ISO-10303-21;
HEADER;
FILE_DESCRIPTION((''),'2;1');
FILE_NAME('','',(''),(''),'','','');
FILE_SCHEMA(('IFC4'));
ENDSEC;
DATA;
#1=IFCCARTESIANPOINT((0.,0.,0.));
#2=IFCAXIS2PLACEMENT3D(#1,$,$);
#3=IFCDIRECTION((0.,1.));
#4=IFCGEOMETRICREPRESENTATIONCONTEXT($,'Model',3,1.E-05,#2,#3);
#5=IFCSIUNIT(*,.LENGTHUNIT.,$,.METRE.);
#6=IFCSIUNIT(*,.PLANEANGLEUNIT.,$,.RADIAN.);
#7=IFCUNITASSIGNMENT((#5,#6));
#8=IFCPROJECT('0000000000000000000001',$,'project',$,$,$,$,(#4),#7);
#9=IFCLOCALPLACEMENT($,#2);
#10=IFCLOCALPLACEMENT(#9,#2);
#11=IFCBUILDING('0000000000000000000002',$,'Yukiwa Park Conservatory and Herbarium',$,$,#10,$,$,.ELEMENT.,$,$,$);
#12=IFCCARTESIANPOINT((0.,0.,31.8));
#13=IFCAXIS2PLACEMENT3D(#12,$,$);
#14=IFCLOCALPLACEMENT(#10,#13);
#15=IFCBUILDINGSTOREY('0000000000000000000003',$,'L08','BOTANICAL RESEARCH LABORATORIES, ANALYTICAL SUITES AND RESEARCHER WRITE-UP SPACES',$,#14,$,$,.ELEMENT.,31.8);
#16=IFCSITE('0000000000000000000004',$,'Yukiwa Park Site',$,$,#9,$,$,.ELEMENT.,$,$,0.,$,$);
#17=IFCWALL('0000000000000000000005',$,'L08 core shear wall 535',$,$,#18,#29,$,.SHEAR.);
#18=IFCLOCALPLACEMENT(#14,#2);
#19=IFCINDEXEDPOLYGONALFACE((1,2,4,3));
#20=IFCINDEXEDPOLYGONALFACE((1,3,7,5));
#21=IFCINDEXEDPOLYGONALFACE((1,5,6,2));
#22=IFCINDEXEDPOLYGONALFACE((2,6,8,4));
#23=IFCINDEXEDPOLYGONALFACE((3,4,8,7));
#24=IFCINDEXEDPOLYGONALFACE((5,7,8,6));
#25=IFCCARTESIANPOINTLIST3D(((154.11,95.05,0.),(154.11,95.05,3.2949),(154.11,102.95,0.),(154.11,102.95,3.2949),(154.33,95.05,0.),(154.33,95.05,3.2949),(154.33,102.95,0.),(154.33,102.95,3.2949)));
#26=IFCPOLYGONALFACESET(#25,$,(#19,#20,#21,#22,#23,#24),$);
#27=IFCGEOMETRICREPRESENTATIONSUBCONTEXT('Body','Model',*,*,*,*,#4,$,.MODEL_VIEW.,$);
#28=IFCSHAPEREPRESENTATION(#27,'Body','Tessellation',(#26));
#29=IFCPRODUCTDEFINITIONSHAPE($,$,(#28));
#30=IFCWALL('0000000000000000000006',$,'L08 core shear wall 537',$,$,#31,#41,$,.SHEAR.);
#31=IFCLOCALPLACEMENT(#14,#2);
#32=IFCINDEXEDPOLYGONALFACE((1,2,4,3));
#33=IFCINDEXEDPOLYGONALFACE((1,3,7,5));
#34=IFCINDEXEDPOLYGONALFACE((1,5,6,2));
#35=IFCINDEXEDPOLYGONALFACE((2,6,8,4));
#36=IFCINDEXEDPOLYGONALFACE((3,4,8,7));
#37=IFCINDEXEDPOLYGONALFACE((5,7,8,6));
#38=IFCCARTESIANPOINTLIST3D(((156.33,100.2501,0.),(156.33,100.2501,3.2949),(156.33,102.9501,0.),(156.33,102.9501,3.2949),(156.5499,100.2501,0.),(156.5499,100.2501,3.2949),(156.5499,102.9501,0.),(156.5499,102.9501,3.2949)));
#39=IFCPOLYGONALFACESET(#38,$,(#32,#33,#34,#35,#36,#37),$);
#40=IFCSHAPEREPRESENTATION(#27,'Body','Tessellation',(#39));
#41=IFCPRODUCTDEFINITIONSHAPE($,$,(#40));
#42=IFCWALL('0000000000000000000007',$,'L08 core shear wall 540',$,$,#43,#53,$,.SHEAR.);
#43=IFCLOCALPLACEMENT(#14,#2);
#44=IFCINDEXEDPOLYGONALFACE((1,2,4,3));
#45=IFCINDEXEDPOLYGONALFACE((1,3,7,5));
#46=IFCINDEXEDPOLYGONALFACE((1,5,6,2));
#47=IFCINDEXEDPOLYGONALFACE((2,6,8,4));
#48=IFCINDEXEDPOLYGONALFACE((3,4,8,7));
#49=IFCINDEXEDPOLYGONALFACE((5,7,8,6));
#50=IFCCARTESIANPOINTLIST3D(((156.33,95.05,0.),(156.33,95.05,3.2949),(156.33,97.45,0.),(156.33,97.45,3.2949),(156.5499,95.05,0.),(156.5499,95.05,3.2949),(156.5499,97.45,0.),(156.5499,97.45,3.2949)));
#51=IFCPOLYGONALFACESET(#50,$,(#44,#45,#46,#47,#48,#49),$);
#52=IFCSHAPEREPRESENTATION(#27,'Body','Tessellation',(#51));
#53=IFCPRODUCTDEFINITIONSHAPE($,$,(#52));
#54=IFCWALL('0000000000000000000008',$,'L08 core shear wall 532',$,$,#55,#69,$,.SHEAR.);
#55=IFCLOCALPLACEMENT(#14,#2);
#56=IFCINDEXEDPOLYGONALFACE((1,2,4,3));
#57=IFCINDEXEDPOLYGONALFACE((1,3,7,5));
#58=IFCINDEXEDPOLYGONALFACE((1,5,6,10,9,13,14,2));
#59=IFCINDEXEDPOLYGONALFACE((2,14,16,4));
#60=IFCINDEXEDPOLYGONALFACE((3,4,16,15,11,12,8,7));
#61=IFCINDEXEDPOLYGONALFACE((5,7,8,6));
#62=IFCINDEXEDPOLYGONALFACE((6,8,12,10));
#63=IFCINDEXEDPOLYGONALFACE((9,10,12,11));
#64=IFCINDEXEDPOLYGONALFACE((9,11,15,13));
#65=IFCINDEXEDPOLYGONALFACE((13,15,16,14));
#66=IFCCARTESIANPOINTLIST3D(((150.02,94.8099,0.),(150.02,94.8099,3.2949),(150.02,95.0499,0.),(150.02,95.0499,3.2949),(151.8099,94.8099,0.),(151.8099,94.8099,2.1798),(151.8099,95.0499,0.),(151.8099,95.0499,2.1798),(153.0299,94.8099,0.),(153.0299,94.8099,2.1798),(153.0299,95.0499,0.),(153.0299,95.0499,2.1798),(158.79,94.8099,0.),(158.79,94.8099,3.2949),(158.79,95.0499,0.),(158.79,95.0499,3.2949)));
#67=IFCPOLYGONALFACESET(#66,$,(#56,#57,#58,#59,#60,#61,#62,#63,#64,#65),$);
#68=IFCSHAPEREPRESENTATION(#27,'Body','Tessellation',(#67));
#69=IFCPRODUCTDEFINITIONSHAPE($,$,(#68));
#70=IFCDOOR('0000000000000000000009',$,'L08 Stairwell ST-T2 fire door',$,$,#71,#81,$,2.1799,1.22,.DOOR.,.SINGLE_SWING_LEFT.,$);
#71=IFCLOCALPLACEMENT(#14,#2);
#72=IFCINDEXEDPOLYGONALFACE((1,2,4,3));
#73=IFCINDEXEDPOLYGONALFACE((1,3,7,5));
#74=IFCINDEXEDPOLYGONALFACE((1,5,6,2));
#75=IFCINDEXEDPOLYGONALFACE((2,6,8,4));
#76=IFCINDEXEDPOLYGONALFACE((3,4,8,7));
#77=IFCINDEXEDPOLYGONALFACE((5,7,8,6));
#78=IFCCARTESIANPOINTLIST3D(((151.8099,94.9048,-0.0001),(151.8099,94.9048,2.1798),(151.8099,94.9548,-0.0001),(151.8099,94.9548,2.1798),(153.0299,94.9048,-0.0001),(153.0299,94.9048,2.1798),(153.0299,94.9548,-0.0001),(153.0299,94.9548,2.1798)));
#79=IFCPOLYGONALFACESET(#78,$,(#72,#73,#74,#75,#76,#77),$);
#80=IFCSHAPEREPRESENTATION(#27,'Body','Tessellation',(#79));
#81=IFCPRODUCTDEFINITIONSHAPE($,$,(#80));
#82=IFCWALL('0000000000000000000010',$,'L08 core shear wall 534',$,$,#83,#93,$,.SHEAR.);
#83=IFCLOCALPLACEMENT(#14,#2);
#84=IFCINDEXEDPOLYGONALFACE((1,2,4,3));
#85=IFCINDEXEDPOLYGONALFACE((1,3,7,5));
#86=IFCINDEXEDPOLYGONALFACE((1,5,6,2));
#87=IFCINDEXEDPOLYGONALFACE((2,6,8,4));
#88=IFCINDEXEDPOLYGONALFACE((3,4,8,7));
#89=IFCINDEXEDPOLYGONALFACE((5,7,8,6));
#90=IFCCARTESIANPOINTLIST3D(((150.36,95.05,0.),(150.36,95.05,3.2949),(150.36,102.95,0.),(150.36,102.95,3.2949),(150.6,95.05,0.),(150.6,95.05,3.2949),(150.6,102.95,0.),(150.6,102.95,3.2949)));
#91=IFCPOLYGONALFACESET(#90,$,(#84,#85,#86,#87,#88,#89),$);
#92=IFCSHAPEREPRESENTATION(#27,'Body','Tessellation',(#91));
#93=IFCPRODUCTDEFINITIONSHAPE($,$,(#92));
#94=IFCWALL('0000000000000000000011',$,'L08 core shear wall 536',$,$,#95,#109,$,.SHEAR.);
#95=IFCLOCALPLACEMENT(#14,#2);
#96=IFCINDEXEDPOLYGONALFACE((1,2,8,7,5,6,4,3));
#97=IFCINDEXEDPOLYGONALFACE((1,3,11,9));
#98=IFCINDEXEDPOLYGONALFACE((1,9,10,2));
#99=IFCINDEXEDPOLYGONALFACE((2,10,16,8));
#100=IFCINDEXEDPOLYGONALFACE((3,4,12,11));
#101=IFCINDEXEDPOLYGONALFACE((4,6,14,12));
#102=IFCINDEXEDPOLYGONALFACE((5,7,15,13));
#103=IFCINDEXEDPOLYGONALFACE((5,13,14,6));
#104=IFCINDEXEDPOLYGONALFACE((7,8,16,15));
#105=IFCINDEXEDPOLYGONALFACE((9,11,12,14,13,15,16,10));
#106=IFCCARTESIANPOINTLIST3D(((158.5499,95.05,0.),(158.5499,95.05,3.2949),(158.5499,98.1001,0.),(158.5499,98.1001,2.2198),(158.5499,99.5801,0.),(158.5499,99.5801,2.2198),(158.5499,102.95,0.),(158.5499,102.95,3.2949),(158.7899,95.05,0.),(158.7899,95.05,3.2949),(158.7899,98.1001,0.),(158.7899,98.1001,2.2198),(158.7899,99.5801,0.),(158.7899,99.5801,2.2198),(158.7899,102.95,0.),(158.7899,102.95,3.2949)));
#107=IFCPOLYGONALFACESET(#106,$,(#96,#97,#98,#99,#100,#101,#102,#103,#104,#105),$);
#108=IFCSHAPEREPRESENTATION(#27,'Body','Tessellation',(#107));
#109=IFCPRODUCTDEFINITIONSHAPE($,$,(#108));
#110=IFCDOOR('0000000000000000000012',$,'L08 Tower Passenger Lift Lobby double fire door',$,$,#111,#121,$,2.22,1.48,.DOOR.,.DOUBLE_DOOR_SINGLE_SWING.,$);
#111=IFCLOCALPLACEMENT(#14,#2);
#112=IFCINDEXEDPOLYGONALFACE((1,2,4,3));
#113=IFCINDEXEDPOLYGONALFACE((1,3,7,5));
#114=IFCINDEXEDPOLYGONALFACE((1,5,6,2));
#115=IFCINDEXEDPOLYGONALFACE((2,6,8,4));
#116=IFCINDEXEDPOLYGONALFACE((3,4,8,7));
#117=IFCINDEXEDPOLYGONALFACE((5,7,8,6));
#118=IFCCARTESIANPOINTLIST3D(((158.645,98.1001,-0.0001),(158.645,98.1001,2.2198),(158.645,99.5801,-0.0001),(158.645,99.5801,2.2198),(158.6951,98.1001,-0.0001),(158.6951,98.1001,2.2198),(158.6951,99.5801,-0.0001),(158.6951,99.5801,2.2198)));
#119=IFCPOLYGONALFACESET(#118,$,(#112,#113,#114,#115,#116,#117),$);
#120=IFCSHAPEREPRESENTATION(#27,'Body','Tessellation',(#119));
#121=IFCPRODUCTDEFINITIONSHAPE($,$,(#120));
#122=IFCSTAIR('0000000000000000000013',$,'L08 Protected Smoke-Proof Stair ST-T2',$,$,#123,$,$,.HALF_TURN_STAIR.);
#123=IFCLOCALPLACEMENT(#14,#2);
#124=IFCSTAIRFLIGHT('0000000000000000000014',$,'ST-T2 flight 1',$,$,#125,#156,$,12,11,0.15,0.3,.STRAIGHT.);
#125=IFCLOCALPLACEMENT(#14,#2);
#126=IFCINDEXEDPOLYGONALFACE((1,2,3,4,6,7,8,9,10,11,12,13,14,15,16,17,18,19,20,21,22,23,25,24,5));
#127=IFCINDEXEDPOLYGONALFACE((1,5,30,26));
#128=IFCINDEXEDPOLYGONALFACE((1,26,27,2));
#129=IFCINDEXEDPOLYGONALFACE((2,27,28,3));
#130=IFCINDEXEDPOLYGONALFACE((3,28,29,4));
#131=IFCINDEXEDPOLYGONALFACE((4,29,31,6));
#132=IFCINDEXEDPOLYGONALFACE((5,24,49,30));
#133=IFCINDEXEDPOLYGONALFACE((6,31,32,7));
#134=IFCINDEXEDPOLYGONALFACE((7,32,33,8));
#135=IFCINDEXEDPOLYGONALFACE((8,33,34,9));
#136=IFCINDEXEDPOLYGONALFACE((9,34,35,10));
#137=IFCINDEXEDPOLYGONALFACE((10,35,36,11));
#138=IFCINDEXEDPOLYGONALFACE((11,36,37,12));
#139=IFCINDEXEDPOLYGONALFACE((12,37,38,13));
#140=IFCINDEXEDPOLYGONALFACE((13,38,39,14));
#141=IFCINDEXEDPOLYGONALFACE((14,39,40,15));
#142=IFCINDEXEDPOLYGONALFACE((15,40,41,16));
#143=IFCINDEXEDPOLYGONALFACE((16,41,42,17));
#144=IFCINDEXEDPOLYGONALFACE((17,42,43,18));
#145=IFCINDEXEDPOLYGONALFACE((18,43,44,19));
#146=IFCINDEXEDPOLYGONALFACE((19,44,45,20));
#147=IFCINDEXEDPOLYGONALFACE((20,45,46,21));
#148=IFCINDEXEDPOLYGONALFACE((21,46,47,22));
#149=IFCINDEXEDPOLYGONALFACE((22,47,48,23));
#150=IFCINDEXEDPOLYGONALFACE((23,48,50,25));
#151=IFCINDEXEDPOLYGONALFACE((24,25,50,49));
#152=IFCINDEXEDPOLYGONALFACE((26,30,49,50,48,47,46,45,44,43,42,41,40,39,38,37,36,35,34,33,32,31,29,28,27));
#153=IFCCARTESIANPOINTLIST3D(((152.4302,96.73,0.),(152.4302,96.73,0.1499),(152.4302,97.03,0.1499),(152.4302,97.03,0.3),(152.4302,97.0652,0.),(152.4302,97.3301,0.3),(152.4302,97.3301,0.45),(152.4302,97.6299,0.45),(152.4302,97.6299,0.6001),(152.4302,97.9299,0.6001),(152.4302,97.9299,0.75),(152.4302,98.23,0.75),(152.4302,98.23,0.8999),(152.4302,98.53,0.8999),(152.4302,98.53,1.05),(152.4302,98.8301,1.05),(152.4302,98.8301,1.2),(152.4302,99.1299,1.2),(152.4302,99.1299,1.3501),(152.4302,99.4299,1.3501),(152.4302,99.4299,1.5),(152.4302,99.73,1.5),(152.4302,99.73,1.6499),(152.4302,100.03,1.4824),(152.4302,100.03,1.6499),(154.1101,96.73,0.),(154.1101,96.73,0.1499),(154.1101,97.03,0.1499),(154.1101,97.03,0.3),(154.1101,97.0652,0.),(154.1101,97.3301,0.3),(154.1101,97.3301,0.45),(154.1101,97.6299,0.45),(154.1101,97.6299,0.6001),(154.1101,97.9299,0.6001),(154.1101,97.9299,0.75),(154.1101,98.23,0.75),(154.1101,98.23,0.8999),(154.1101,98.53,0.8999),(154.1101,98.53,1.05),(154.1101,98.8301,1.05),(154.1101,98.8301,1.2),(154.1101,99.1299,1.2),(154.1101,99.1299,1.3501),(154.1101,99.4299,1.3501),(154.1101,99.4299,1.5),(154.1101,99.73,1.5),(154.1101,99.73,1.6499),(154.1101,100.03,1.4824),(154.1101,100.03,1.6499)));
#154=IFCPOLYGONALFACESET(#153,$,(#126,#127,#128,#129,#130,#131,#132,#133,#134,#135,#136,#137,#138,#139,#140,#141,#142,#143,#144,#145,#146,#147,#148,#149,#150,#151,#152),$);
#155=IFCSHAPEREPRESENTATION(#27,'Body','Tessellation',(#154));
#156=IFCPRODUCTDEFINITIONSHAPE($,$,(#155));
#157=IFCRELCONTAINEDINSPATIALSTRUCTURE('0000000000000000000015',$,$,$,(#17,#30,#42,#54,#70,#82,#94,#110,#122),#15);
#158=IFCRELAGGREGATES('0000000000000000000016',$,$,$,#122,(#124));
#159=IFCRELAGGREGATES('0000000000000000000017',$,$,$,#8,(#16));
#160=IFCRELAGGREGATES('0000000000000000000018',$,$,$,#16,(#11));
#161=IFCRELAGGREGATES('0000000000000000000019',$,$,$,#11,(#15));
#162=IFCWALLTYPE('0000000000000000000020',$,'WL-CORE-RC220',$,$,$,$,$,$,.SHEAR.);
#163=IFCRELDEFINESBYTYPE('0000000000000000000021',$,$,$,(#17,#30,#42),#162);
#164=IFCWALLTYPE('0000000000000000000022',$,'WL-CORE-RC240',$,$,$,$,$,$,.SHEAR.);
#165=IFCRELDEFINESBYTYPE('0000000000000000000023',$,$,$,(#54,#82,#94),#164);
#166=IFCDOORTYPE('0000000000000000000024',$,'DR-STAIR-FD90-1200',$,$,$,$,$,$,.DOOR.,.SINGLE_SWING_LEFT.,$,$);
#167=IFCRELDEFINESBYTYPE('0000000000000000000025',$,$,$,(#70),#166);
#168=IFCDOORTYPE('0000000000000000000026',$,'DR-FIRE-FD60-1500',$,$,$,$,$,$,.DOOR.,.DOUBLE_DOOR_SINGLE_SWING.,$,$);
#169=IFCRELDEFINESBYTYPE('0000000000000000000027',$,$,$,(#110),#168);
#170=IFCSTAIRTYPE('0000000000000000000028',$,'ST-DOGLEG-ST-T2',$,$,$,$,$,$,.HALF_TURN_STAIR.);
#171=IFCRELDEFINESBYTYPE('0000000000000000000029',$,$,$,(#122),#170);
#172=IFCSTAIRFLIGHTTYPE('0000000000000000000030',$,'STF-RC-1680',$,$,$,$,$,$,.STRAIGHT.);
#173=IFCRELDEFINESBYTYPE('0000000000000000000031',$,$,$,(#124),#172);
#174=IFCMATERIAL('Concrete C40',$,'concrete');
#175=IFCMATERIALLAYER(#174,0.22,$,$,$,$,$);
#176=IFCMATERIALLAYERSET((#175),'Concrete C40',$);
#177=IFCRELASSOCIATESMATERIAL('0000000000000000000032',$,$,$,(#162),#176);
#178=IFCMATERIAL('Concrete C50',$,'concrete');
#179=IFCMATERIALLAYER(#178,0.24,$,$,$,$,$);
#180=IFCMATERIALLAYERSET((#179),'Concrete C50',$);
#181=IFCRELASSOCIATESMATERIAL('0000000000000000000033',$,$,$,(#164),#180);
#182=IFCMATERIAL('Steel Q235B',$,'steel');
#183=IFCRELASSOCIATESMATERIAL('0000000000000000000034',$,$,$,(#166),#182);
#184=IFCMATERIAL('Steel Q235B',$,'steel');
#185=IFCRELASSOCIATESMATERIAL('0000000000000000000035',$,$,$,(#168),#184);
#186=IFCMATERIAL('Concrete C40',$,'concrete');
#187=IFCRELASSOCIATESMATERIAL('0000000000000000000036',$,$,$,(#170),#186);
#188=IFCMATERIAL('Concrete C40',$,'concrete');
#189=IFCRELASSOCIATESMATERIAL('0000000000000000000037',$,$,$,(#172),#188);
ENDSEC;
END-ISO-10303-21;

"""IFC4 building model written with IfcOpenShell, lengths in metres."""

from ifc_helpers import new_model, si_unit, direction, frame, frame_2d, origin, place, context, subcontext, project, spatial, polyline, rectangle, outline, extrude, material, layer, layer_set, type_object, element, fill, aggregate, save


model = new_model("IFC4")

# Units and contexts
model_context = context("Model", 3, precision=1e-05, world=origin(), true_north=direction((0.0, 1.0)))
body_context = subcontext(model_context, "Body", "Model", "MODEL_VIEW")
ifc_project = project(units=[si_unit("LENGTHUNIT", "METRE"), si_unit("PLANEANGLEUNIT", "RADIAN")], contexts=[model_context])

# Site, building, storey
site_placement = place(None, origin())
site = spatial("IfcSite", under=ifc_project, at=site_placement, Name="Yukiwa Park Site", CompositionType="ELEMENT", RefElevation=0.0)
building_placement = place(site_placement, origin())
building = spatial("IfcBuilding", under=site, at=building_placement, Name="Yukiwa Park Conservatory and Herbarium", CompositionType="ELEMENT")
storey_placement = place(building_placement, frame((0.0, 0.0, 31.8)))
storey = spatial("IfcBuildingStorey", under=building, at=storey_placement, Name="L08", Description="BOTANICAL RESEARCH LABORATORIES, ANALYTICAL SUITES AND RESEARCHER WRITE-UP SPACES", CompositionType="ELEMENT", Elevation=31.8)

# Walls
ifc_material_1 = material(Name="Concrete C40", Category="concrete")
ifc_layer_1 = layer(ifc_material_1, 0.22)
ifc_layer_set_1 = layer_set([ifc_layer_1], Name="Concrete C40")
wall_type_1 = type_object("IfcWallType", Name="WL-CORE-RC220", PredefinedType="SHEAR", material=ifc_layer_set_1)
wall_1_placement = place(storey_placement, frame((154.22, 95.05, 0.0), z_axis=(0.0, 0.0, 1.0), x_axis=(0.0, 1.0, 0.0)))
element("IfcWall", 1, at=wall_1_placement, inside=storey, type_object=wall_type_1, Name="L08 core shear wall 535", PredefinedType="SHEAR", context=body_context, shape_type="SweptSolid", body=[
    extrude(rectangle(XDim=7.8999, YDim=0.22, at=frame_2d((3.95, 0.0))), origin(), (0.0, 0.0, 1.0), 3.2949),
])
wall_2_placement = place(storey_placement, frame((156.4399, 100.25, 0.0), z_axis=(0.0, 0.0, 1.0), x_axis=(0.0, 1.0, 0.0)))
element("IfcWall", 2, at=wall_2_placement, inside=storey, type_object=wall_type_1, Name="L08 core shear wall 537", PredefinedType="SHEAR", context=body_context, shape_type="SweptSolid", body=[
    extrude(rectangle(XDim=2.7, YDim=0.22, at=frame_2d((1.3501, 0.0))), origin(), (0.0, 0.0, 1.0), 3.2949),
])

# Wall
wall_3_placement = place(storey_placement, frame((156.4399, 95.05, 0.0), z_axis=(0.0, 0.0, 1.0), x_axis=(0.0, 1.0, 0.0)))
element("IfcWall", 3, at=wall_3_placement, inside=storey, type_object=wall_type_1, Name="L08 core shear wall 540", PredefinedType="SHEAR", context=body_context, shape_type="SweptSolid", body=[
    extrude(rectangle(XDim=2.3999, YDim=0.22, at=frame_2d((1.2, 0.0))), origin(), (0.0, 0.0, 1.0), 3.2949),
])

# Wall, opening, door
ifc_material_2 = material(Name="Concrete C50", Category="concrete")
ifc_layer_2 = layer(ifc_material_2, 0.24)
ifc_layer_set_2 = layer_set([ifc_layer_2], Name="Concrete C50")
wall_type_2 = type_object("IfcWallType", Name="WL-CORE-RC240", PredefinedType="SHEAR", material=ifc_layer_set_2)
wall_4_placement = place(storey_placement, frame((150.02, 94.9299, 0.0), z_axis=(0.0, 0.0, 1.0), x_axis=(1.0, 0.0, 0.0)))
wall_4 = element("IfcWall", 4, at=wall_4_placement, inside=storey, type_object=wall_type_2, Name="L08 core shear wall 532", PredefinedType="SHEAR", context=body_context, shape_type="SweptSolid", body=[
    extrude(rectangle(XDim=8.77, YDim=0.24, at=frame_2d((4.385, 0.0))), origin(), (0.0, 0.0, 1.0), 3.2949),
])
opening_1_placement = place(wall_4_placement, frame((1.79, 0.0, 0.0)))
opening_1 = element("IfcOpeningElement", 5, at=opening_1_placement, cuts=wall_4, PredefinedType="OPENING", context=body_context, shape_type="SweptSolid", body=[
    extrude(rectangle(XDim=1.22, YDim=2.1799, at=frame_2d((0.6099, 1.0898))), frame((0.0, 0.1299, 0.0), z_axis=(0.0, -1.0, 0.0), x_axis=(1.0, 0.0, 0.0)), (0.0, 0.0, 1.0), 0.26),
])
ifc_material_3 = material(Name="Steel Q235B", Category="steel")
door_type_1 = type_object("IfcDoorType", Name="DR-STAIR-FD90-1200", OperationType="SINGLE_SWING_LEFT", PredefinedType="DOOR", material=ifc_material_3)
door_1_placement = place(opening_1_placement, origin())
door_1 = element("IfcDoor", 6, at=door_1_placement, inside=storey, type_object=door_type_1, Name="L08 Stairwell ST-T2 fire door", OperationType="SINGLE_SWING_LEFT", OverallHeight=2.1799, OverallWidth=1.22, PredefinedType="DOOR", context=body_context, shape_type="SweptSolid", body=[
    extrude(rectangle(XDim=1.22, YDim=2.1799, at=frame_2d((0.6099, 1.0898))), frame((0.0, 0.0249, 0.0), z_axis=(0.0, -1.0, 0.0), x_axis=(1.0, 0.0, 0.0)), (0.0, 0.0, 1.0), 0.05),
])
fill(opening_1, door_1)

# Wall
wall_5_placement = place(storey_placement, frame((150.48, 95.05, 0.0), z_axis=(0.0, 0.0, 1.0), x_axis=(0.0, 1.0, 0.0)))
element("IfcWall", 7, at=wall_5_placement, inside=storey, type_object=wall_type_2, Name="L08 core shear wall 534", PredefinedType="SHEAR", context=body_context, shape_type="SweptSolid", body=[
    extrude(rectangle(XDim=7.8999, YDim=0.24, at=frame_2d((3.95, 0.0))), origin(), (0.0, 0.0, 1.0), 3.2949),
])

# Wall, opening, door
wall_6_placement = place(storey_placement, frame((158.6699, 95.05, 0.0), z_axis=(0.0, 0.0, 1.0), x_axis=(0.0, 1.0, 0.0)))
wall_6 = element("IfcWall", 8, at=wall_6_placement, inside=storey, type_object=wall_type_2, Name="L08 core shear wall 536", PredefinedType="SHEAR", context=body_context, shape_type="SweptSolid", body=[
    extrude(rectangle(XDim=7.8999, YDim=0.24, at=frame_2d((3.95, 0.0))), origin(), (0.0, 0.0, 1.0), 3.2949),
])
opening_2_placement = place(wall_6_placement, frame((3.05, 0.0, 0.0)))
opening_2 = element("IfcOpeningElement", 9, at=opening_2_placement, cuts=wall_6, PredefinedType="OPENING", context=body_context, shape_type="SweptSolid", body=[
    extrude(rectangle(XDim=1.48, YDim=2.22, at=frame_2d((0.74, 1.1099))), frame((0.0, 0.1299, 0.0), z_axis=(0.0, -1.0, 0.0), x_axis=(1.0, 0.0, 0.0)), (0.0, 0.0, 1.0), 0.26),
])
ifc_material_4 = material(Name="Steel Q235B", Category="steel")
door_type_2 = type_object("IfcDoorType", Name="DR-FIRE-FD60-1500", OperationType="DOUBLE_DOOR_SINGLE_SWING", PredefinedType="DOOR", material=ifc_material_4)
door_2_placement = place(opening_2_placement, origin())
door_2 = element("IfcDoor", 10, at=door_2_placement, inside=storey, type_object=door_type_2, Name="L08 Tower Passenger Lift Lobby double fire door", OperationType="DOUBLE_DOOR_SINGLE_SWING", OverallHeight=2.22, OverallWidth=1.48, PredefinedType="DOOR", context=body_context, shape_type="SweptSolid", body=[
    extrude(rectangle(XDim=1.48, YDim=2.22, at=frame_2d((0.74, 1.1099))), frame((0.0, 0.0249, 0.0), z_axis=(0.0, -1.0, 0.0), x_axis=(1.0, 0.0, 0.0)), (0.0, 0.0, 1.0), 0.05),
])
fill(opening_2, door_2)

# Stair, stair flight
ifc_material_5 = material(Name="Concrete C40", Category="concrete")
stair_type = type_object("IfcStairType", Name="ST-DOGLEG-ST-T2", PredefinedType="HALF_TURN_STAIR", material=ifc_material_5)
stair_placement = place(storey_placement, origin())
stair = element("IfcStair", 11, at=stair_placement, inside=storey, type_object=stair_type, Name="L08 Protected Smoke-Proof Stair ST-T2", PredefinedType="HALF_TURN_STAIR")
ifc_material_6 = material(Name="Concrete C40", Category="concrete")
stair_flight_type = type_object("IfcStairFlightType", Name="STF-RC-1680", PredefinedType="STRAIGHT", material=ifc_material_6)
stair_flight_1_placement = place(storey_placement, frame((153.27, 96.73, 0.0), z_axis=(0.0, 0.0, 1.0), x_axis=(0.0, 1.0, 0.0)))
stair_flight_1 = element("IfcStairFlight", 12, at=stair_flight_1_placement, type_object=stair_flight_type, Name="ST-T2 flight 1", NumberOfRisers=12, NumberOfTreads=11, PredefinedType="STRAIGHT", RiserHeight=0.15, TreadLength=0.3, context=body_context, shape_type="SweptSolid", body=[
    extrude(outline(polyline([(0.0, 0.0), (0.0, 0.1499), (0.3, 0.1499), (0.3, 0.3), (0.6001, 0.3), (0.6001, 0.45), (0.8999, 0.45), (0.8999, 0.6001), (1.2, 0.6001), (1.2, 0.75), (1.5, 0.75), (1.5, 0.8999), (1.8, 0.8999), (1.8, 1.05), (2.1001, 1.05), (2.1001, 1.2), (2.3999, 1.2), (2.3999, 1.3501), (2.7, 1.3501), (2.7, 1.5), (3.0, 1.5), (3.0, 1.6499), (3.3, 1.6499), (3.3, 1.8), (3.3, 1.4824), (0.3352, 0.0), (0.0, 0.0)])), frame((0.0, 0.8398, 0.0), z_axis=(0.0, -1.0, 0.0), x_axis=(1.0, 0.0, 0.0)), (0.0, 0.0, 1.0), 1.6799),
])
aggregate(stair, [stair_flight_1])

save(model, "model.ifc")
